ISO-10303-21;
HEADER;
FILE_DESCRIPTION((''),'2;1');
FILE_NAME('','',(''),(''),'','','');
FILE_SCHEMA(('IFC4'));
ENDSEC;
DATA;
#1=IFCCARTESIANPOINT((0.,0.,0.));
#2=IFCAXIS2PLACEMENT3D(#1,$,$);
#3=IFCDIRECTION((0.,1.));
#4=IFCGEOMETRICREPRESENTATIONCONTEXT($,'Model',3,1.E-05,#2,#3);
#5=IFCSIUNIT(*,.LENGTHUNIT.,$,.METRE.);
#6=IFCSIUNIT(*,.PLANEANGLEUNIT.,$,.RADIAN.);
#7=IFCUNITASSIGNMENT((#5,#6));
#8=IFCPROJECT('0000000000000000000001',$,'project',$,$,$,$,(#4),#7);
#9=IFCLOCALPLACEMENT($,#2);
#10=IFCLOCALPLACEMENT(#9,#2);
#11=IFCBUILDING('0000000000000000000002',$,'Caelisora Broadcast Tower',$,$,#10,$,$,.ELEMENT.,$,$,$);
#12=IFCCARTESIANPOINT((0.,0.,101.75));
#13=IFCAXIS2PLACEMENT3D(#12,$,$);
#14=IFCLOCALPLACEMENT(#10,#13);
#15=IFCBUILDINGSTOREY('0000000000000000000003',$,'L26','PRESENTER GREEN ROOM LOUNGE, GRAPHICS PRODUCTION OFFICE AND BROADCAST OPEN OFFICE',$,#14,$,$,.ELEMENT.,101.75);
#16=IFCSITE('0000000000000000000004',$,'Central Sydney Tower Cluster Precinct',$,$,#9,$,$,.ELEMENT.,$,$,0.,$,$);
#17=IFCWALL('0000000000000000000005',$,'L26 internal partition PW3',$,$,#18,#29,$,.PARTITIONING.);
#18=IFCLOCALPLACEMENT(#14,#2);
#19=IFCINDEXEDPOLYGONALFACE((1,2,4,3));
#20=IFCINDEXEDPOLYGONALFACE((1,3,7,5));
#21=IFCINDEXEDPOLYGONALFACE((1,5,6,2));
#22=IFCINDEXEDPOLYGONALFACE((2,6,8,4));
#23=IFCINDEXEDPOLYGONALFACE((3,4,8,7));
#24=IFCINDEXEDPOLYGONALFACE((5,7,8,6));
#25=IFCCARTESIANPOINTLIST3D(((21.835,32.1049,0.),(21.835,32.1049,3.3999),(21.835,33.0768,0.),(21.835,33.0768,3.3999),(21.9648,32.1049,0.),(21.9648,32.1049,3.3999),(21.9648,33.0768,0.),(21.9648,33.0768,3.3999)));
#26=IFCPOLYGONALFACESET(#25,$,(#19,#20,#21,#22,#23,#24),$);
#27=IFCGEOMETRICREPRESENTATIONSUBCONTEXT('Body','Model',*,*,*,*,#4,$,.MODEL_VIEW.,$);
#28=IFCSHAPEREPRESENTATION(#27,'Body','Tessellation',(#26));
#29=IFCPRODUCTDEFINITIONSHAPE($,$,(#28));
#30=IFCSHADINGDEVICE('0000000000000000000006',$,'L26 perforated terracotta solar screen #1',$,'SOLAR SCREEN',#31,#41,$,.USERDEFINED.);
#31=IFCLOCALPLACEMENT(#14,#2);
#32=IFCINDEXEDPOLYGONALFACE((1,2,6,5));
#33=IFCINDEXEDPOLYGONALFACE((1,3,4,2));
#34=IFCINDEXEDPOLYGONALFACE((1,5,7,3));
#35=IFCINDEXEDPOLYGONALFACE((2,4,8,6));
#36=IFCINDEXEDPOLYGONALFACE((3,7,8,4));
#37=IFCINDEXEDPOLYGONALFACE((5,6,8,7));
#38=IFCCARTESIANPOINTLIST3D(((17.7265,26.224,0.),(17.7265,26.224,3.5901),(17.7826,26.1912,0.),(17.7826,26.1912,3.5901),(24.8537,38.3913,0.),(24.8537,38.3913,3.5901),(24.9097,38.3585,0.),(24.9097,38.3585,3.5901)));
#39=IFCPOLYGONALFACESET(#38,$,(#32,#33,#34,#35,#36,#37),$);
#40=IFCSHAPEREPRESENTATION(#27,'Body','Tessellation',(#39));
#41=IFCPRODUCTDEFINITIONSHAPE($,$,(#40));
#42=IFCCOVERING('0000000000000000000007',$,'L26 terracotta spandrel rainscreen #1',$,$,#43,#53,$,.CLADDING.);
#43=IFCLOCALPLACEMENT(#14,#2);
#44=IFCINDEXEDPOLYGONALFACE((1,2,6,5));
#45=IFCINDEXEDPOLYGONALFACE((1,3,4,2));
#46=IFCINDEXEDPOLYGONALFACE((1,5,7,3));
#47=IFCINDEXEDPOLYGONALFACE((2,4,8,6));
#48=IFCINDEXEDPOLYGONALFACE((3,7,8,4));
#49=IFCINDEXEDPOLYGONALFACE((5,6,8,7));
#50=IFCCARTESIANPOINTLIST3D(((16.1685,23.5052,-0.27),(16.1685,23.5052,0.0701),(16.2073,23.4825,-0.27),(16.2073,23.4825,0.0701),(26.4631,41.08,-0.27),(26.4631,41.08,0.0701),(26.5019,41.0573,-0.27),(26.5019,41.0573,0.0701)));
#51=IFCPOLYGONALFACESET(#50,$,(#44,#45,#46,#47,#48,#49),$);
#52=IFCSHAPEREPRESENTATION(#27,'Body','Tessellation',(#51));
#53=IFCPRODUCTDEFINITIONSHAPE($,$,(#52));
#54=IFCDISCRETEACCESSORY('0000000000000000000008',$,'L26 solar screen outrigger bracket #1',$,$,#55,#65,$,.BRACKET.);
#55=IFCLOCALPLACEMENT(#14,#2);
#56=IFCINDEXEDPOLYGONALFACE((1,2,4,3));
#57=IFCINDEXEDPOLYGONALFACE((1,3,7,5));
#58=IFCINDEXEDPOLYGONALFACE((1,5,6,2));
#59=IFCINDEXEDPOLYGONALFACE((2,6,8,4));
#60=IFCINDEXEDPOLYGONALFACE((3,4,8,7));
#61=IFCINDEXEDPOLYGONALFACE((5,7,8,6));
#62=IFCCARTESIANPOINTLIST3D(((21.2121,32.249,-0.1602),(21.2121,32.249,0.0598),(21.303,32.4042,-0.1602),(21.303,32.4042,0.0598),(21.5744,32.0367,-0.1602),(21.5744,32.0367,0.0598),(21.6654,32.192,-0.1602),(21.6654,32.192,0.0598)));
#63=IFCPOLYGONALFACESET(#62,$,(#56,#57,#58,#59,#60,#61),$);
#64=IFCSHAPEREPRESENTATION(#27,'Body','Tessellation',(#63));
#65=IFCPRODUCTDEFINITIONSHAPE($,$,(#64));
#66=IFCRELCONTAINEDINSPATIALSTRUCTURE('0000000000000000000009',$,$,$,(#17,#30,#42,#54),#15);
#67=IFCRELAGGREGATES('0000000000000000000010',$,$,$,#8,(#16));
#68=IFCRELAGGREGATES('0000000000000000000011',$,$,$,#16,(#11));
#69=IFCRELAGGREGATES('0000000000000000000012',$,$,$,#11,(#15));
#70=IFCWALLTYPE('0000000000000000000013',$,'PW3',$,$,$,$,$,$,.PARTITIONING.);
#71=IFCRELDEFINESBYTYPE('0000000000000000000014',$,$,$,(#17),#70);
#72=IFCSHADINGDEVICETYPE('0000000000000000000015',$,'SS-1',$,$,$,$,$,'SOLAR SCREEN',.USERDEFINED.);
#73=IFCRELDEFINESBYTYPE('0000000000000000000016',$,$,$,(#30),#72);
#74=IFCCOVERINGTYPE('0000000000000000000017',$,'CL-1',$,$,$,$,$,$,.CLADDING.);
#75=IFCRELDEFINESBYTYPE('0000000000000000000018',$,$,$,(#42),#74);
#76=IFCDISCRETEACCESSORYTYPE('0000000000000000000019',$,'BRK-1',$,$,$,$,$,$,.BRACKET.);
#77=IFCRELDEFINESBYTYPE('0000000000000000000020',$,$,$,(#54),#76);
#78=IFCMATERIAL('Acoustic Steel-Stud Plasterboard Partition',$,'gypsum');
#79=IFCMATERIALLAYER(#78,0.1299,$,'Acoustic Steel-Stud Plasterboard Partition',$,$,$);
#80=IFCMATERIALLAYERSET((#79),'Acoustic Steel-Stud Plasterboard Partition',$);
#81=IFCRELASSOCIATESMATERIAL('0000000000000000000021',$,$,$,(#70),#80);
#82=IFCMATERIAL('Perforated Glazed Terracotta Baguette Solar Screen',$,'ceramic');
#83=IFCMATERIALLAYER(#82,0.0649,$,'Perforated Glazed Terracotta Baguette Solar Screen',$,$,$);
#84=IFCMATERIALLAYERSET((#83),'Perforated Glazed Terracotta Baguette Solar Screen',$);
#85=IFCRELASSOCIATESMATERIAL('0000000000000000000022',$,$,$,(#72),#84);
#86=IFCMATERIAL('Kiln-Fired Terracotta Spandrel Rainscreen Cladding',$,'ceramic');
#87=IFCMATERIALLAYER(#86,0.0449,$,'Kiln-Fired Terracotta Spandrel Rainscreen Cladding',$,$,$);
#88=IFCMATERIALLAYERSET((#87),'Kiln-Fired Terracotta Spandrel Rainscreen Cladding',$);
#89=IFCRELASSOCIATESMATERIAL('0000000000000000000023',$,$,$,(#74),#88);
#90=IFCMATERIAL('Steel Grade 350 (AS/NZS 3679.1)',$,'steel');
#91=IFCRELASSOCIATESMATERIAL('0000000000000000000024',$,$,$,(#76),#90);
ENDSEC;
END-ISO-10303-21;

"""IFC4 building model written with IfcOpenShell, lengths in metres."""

from ifc_helpers import new_model, si_unit, direction, frame, frame_2d, origin, origin_2d, place, context, subcontext, project, spatial, rectangle, extrude, source, transform, mapped, material, layer, layer_set, type_object, type_shapes, element, save


model = new_model("IFC4")

# Units and contexts
model_context = context("Model", 3, precision=1e-05, world=origin(), true_north=direction((0.0, 1.0)))
body_context = subcontext(model_context, "Body", "Model", "MODEL_VIEW")
ifc_project = project(units=[si_unit("LENGTHUNIT", "METRE"), si_unit("PLANEANGLEUNIT", "RADIAN")], contexts=[model_context])

# Site, building, storey
site_placement = place(None, origin())
site = spatial("IfcSite", under=ifc_project, at=site_placement, Name="Central Sydney Tower Cluster Precinct", CompositionType="ELEMENT", RefElevation=0.0)
building_placement = place(site_placement, origin())
building = spatial("IfcBuilding", under=site, at=building_placement, Name="Caelisora Broadcast Tower", CompositionType="ELEMENT")
storey_placement = place(building_placement, frame((0.0, 0.0, 101.75)))
storey = spatial("IfcBuildingStorey", under=building, at=storey_placement, Name="L26", Description="PRESENTER GREEN ROOM LOUNGE, GRAPHICS PRODUCTION OFFICE AND BROADCAST OPEN OFFICE", CompositionType="ELEMENT", Elevation=101.75)

# Shared definitions
ifc_material_1 = material(Name="Steel Grade 350 (AS/NZS 3679.1)", Category="steel")

# Shared definitions
ifc_material_2 = material(Name="Acoustic Steel-Stud Plasterboard Partition", Category="gypsum")
ifc_layer_1 = layer(ifc_material_2, 0.1299, Name="Acoustic Steel-Stud Plasterboard Partition")
ifc_layer_set_1 = layer_set([ifc_layer_1], Name="Acoustic Steel-Stud Plasterboard Partition")
wall_type = type_object("IfcWallType", Name="PW3", PredefinedType="PARTITIONING", material=ifc_layer_set_1)

# Wall
wall_1_placement = place(storey_placement, frame((21.8999, 32.105, 0.0), z_axis=(0.0, 0.0, 1.0), x_axis=(0.0, 1.0, 0.0)))
element("IfcWall", 1, at=wall_1_placement, inside=storey, type_object=wall_type, Name="L26 internal partition PW3", PredefinedType="PARTITIONING", context=body_context, shape_type="SweptSolid", body=[
    extrude(rectangle(XDim=0.9719, YDim=0.1299, at=frame_2d((0.4858, 0.0))), origin(), (0.0, 0.0, 1.0), 3.3999),
])

# Shading device
ifc_material_3 = material(Name="Perforated Glazed Terracotta Baguette Solar Screen", Category="ceramic")
ifc_layer_2 = layer(ifc_material_3, 0.0649, Name="Perforated Glazed Terracotta Baguette Solar Screen")
ifc_layer_set_2 = layer_set([ifc_layer_2], Name="Perforated Glazed Terracotta Baguette Solar Screen")
shading_device_type = type_object("IfcShadingDeviceType", Name="SS-1", ElementType="SOLAR SCREEN", PredefinedType="USERDEFINED", material=ifc_layer_set_2)
shared_shape_1 = source(origin(), body_context, "Body", "SweptSolid", [
    extrude(rectangle(XDim=14.1011, YDim=0.0649, at=origin_2d()), origin(), (0.0, 0.0, 1.0), 3.5901),
])
type_shapes(shading_device_type, [shared_shape_1])
shading_device_placement = place(storey_placement, frame((21.3181, 32.2913, 0.0), z_axis=(0.0, 0.0, 1.0), x_axis=(-0.505431, -0.862867, 0.0)))
element("IfcShadingDevice", 2, at=shading_device_placement, inside=storey, type_object=shading_device_type, Name="L26 perforated terracotta solar screen #1", ObjectType="SOLAR SCREEN", PredefinedType="USERDEFINED", context=body_context, shape_type="MappedRepresentation", body=[
    mapped(shared_shape_1, transform((0.0, 0.0, 0.0), scale=1.0)),
])

# Covering
ifc_material_4 = material(Name="Kiln-Fired Terracotta Spandrel Rainscreen Cladding", Category="ceramic")
ifc_layer_3 = layer(ifc_material_4, 0.0449, Name="Kiln-Fired Terracotta Spandrel Rainscreen Cladding")
ifc_layer_set_3 = layer_set([ifc_layer_3], Name="Kiln-Fired Terracotta Spandrel Rainscreen Cladding")
covering_type = type_object("IfcCoveringType", Name="CL-1", PredefinedType="CLADDING", material=ifc_layer_set_3)
shared_shape_2 = source(origin(), body_context, "Body", "SweptSolid", [
    extrude(rectangle(XDim=20.3679, YDim=0.0449, at=origin_2d()), origin(), (0.0, 0.0, 1.0), 0.3401),
])
type_shapes(covering_type, [shared_shape_2])
covering_placement = place(storey_placement, frame((21.3352, 32.2812, -0.27), z_axis=(0.0, 0.0, 1.0), x_axis=(-0.505431, -0.862867, 0.0)))
element("IfcCovering", 3, at=covering_placement, inside=storey, type_object=covering_type, Name="L26 terracotta spandrel rainscreen #1", PredefinedType="CLADDING", context=body_context, shape_type="MappedRepresentation", body=[
    mapped(shared_shape_2, transform((0.0, 0.0, 0.0), scale=1.0)),
])

# Discrete accessory
discrete_accessory_type = type_object("IfcDiscreteAccessoryType", Name="BRK-1", PredefinedType="BRACKET", material=ifc_material_1)
shared_shape_3 = source(origin(), body_context, "Body", "SweptSolid", [
    extrude(rectangle(XDim=0.1799, YDim=0.4199, at=origin_2d()), origin(), (0.0, 0.0, 1.0), 0.22),
])
type_shapes(discrete_accessory_type, [shared_shape_3])
discrete_accessory_placement = place(storey_placement, frame((21.4387, 32.2205, -0.1602), z_axis=(0.0, 0.0, 1.0), x_axis=(-0.505431, -0.862867, 0.0)))
element("IfcDiscreteAccessory", 4, at=discrete_accessory_placement, inside=storey, type_object=discrete_accessory_type, Name="L26 solar screen outrigger bracket #1", PredefinedType="BRACKET", context=body_context, shape_type="MappedRepresentation", body=[
    mapped(shared_shape_3, transform((0.0, 0.0, 0.0), scale=1.0)),
])

save(model, "model.ifc")
